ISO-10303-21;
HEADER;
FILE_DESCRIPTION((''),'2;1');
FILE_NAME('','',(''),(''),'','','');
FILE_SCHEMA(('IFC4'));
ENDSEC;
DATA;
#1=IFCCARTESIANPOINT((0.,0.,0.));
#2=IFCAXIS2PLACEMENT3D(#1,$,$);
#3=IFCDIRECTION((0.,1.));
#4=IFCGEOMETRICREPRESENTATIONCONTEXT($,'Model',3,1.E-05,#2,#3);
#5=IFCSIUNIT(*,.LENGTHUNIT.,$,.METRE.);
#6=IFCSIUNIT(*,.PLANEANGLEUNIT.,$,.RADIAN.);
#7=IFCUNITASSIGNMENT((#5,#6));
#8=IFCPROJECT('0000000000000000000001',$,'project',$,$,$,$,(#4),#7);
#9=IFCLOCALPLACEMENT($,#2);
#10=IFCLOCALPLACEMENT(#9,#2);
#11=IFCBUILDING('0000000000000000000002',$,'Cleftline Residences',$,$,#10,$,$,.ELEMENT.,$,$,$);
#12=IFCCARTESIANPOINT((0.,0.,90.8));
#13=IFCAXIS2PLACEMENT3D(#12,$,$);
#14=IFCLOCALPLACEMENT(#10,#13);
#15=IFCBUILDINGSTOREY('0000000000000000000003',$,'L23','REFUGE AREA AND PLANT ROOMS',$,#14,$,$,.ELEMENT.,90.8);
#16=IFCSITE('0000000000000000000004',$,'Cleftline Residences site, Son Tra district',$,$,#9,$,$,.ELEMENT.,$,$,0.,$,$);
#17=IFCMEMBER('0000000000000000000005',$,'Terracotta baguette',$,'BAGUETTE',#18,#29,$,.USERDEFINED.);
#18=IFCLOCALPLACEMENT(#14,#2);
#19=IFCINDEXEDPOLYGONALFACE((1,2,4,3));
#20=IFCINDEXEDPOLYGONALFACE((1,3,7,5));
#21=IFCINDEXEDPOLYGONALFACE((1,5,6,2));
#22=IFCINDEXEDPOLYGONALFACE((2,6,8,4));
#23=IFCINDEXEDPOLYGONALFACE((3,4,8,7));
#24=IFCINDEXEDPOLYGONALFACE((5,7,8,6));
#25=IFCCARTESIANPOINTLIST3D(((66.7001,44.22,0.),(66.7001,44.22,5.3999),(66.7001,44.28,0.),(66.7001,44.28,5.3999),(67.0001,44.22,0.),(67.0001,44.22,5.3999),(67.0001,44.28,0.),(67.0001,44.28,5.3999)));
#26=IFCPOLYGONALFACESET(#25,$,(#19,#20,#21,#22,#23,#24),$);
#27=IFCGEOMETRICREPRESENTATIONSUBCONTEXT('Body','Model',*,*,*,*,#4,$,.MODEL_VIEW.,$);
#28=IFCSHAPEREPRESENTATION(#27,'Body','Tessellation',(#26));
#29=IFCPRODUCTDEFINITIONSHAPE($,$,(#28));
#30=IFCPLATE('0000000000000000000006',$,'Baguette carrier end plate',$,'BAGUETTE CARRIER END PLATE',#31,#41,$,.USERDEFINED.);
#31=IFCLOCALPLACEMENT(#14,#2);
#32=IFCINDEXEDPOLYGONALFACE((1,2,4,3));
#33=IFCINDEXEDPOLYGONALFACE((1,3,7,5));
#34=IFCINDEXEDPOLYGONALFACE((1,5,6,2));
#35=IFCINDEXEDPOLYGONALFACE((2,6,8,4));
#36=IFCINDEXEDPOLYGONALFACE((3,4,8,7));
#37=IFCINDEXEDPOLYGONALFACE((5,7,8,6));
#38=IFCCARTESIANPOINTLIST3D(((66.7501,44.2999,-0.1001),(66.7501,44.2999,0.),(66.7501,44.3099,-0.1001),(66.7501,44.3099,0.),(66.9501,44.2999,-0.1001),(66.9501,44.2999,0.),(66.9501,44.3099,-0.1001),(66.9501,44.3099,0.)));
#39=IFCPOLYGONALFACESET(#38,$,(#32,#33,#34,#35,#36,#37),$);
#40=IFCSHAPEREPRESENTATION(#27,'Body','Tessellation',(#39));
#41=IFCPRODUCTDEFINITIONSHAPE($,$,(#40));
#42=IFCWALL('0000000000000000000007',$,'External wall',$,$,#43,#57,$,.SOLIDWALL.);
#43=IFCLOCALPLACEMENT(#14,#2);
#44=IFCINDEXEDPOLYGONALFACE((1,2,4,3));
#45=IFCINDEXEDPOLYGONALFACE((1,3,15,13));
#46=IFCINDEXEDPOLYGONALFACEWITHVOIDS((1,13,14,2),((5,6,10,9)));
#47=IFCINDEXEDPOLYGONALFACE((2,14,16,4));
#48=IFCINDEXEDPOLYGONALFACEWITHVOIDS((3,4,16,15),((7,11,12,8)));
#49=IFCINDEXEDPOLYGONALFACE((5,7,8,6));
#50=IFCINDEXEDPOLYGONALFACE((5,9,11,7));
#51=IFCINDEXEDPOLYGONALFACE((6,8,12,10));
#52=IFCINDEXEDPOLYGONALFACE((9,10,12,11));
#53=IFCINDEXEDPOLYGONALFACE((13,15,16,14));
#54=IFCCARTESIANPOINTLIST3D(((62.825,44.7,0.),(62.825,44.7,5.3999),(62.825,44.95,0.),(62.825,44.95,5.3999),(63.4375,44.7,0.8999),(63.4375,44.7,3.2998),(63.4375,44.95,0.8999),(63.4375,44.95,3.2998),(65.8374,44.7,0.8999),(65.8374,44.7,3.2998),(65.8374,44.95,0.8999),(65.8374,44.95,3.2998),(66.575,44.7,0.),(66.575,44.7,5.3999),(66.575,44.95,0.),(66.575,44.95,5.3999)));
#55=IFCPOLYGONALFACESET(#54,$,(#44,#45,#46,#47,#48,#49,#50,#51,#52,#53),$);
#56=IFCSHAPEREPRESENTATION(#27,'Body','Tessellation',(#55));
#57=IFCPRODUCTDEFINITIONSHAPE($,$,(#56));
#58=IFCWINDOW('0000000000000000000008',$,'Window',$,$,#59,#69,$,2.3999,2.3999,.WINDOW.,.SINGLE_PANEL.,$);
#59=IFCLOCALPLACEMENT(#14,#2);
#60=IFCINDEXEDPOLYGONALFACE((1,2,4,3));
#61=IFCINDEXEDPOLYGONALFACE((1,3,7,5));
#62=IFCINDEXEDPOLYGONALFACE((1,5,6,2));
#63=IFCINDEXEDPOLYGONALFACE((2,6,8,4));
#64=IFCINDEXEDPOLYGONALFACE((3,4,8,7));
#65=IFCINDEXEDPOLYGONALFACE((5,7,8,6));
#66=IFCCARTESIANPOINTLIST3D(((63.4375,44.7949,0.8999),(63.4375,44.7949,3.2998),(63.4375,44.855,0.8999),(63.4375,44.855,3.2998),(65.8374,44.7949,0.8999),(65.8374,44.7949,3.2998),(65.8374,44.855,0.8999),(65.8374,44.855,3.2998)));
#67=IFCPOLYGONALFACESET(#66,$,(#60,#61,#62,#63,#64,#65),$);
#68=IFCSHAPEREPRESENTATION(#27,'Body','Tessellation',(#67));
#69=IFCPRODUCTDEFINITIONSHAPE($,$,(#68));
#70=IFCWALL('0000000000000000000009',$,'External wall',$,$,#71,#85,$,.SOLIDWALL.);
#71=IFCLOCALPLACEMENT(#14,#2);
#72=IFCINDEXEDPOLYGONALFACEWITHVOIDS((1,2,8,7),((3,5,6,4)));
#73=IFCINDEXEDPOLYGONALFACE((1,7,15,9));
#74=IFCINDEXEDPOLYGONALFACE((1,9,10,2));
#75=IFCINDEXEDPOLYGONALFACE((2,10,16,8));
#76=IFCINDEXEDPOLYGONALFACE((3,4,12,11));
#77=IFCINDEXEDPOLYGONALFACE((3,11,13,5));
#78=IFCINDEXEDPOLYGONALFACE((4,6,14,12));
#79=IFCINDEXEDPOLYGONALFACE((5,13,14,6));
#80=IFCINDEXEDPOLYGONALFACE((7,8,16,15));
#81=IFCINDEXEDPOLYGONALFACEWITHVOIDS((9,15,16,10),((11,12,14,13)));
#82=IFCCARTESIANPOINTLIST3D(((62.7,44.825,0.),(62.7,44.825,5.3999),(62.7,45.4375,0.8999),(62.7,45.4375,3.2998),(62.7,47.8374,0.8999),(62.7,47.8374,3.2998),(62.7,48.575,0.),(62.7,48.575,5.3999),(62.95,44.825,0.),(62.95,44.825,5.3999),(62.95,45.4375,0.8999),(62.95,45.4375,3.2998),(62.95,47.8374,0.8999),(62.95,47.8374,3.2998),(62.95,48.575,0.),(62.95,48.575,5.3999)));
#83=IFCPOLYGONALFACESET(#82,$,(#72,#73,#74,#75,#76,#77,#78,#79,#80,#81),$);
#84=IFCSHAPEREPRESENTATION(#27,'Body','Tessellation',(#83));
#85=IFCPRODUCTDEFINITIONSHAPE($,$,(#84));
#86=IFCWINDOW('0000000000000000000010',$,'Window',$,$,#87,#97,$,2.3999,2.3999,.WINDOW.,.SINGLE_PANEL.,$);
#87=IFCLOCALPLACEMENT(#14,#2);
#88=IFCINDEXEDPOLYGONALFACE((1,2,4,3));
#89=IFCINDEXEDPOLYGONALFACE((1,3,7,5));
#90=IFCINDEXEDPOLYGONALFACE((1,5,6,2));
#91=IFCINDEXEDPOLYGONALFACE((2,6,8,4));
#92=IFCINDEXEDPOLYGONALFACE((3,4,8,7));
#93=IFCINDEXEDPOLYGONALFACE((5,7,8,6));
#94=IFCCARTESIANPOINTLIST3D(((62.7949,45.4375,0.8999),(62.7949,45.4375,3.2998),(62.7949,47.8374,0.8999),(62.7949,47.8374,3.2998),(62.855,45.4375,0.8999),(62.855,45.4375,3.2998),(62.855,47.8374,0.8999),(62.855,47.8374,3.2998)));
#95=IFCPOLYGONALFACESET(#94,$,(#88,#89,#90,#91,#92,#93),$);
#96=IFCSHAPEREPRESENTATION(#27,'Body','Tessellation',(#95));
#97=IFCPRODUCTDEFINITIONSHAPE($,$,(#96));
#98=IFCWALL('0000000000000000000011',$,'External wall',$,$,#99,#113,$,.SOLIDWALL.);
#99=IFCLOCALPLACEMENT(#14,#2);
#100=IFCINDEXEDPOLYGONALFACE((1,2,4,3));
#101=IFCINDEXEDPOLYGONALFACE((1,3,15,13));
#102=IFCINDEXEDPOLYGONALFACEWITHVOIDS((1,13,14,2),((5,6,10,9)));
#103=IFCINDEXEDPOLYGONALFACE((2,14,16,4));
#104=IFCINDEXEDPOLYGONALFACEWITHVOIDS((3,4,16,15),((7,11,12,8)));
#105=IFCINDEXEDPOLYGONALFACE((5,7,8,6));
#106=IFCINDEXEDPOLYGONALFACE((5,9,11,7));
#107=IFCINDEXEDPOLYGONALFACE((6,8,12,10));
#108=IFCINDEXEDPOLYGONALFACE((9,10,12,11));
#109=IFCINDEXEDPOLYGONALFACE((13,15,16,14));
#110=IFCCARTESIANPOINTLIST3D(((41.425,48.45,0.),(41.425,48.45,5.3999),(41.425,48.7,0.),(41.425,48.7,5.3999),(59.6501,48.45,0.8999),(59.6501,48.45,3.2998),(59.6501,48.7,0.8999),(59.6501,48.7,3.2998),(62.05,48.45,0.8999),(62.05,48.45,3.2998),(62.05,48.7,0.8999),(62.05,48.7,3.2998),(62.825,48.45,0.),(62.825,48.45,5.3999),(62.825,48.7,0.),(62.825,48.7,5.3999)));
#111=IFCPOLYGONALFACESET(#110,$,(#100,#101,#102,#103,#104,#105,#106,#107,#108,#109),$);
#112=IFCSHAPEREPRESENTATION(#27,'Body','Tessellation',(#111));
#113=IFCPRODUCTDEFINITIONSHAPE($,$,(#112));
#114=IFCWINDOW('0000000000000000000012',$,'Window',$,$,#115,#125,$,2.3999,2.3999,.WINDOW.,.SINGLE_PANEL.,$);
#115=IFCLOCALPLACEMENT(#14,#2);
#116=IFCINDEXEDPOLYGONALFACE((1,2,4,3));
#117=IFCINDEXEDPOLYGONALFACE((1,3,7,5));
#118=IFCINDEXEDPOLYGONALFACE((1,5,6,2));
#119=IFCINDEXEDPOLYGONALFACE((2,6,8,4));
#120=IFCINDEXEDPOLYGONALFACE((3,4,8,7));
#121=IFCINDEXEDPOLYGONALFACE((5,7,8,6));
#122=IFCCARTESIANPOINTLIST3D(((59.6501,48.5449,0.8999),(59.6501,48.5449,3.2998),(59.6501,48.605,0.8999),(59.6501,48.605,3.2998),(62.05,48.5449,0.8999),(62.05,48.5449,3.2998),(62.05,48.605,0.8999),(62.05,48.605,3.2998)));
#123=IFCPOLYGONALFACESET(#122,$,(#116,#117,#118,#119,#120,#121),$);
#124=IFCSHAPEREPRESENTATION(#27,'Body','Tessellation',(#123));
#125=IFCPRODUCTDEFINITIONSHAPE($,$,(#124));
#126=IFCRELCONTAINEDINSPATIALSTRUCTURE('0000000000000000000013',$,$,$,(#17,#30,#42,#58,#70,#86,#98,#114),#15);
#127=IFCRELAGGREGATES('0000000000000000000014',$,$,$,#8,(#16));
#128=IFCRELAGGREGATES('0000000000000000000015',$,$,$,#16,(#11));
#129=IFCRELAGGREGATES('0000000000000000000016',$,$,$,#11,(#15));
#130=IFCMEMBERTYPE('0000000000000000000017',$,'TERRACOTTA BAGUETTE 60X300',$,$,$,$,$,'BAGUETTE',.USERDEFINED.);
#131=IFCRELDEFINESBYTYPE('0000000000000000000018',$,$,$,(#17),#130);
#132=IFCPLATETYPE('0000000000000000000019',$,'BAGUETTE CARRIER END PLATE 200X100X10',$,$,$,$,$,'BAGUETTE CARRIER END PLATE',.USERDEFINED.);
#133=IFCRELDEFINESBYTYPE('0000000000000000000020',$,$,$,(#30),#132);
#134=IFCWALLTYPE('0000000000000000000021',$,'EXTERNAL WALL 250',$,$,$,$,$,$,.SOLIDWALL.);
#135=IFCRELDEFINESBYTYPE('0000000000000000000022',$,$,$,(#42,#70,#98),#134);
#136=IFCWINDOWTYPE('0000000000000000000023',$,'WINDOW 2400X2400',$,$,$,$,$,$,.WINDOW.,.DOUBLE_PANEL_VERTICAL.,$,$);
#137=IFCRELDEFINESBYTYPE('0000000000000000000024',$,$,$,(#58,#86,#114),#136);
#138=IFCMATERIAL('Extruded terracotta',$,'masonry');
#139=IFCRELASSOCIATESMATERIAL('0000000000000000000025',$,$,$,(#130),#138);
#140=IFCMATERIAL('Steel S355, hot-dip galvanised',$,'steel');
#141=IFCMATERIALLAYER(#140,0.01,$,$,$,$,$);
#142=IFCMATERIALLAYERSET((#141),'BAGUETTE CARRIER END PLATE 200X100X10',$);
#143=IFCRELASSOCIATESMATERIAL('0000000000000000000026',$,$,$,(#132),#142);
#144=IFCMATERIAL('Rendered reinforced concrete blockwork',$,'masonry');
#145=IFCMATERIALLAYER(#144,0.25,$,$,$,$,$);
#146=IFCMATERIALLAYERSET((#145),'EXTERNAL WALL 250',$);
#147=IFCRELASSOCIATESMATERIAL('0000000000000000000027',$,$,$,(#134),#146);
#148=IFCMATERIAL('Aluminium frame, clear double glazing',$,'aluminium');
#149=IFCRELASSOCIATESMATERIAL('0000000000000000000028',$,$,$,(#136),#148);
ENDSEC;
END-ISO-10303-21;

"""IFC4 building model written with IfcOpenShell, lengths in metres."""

from ifc_helpers import new_model, si_unit, direction, frame, frame_2d, origin, origin_2d, place, context, subcontext, project, spatial, rectangle, extrude, material, layer, layer_set, material_profile, profile_set, type_object, element, fill, save


model = new_model("IFC4")

# Units and contexts
model_context = context("Model", 3, precision=1e-05, world=origin(), true_north=direction((0.0, 1.0)))
body_context = subcontext(model_context, "Body", "Model", "MODEL_VIEW")
ifc_project = project(units=[si_unit("LENGTHUNIT", "METRE"), si_unit("PLANEANGLEUNIT", "RADIAN")], contexts=[model_context])

# Site, building, storey
site_placement = place(None, origin())
site = spatial("IfcSite", under=ifc_project, at=site_placement, Name="Cleftline Residences site, Son Tra district", CompositionType="ELEMENT", RefElevation=0.0)
building_placement = place(site_placement, origin())
building = spatial("IfcBuilding", under=site, at=building_placement, Name="Cleftline Residences", CompositionType="ELEMENT")
storey_placement = place(building_placement, frame((0.0, 0.0, 90.8)))
storey = spatial("IfcBuildingStorey", under=building, at=storey_placement, Name="L23", Description="REFUGE AREA AND PLANT ROOMS", CompositionType="ELEMENT", Elevation=90.8)

# Member
ifc_material_1 = material(Name="Extruded terracotta", Category="masonry")
ifc_material_profile_1 = material_profile(ifc_material_1, rectangle(XDim=0.0601, YDim=0.3, at=origin_2d()))
ifc_profile_set_1 = profile_set([ifc_material_profile_1], Name="Extruded terracotta")
member_type_1 = type_object("IfcMemberType", Name="TERRACOTTA BAGUETTE 60X300", ElementType="BAGUETTE", PredefinedType="USERDEFINED", material=ifc_profile_set_1)
for number, where, z_axis, x_axis, name in (
    (1, (66.8501, 44.25, 0.0), (0.0, 0.0, 1.0), (0.0, 1.0, 0.0), "Terracotta baguette"),
):
    element("IfcMember", number, at=place(storey_placement, frame(where, z_axis=z_axis, x_axis=x_axis)), inside=storey, type_object=member_type_1, Name=name, ObjectType="BAGUETTE", PredefinedType="USERDEFINED", context=body_context, shape_type="SweptSolid", body=[
        extrude(rectangle(XDim=0.0601, YDim=0.3, at=origin_2d()), origin(), (0.0, 0.0, 1.0), 5.3999),
    ])

# Plate
ifc_material_2 = material(Name="Steel S355, hot-dip galvanised", Category="steel")
ifc_layer_1 = layer(ifc_material_2, 0.01)
ifc_layer_set_1 = layer_set([ifc_layer_1], Name="BAGUETTE CARRIER END PLATE 200X100X10")
plate_type = type_object("IfcPlateType", Name="BAGUETTE CARRIER END PLATE 200X100X10", ElementType="BAGUETTE CARRIER END PLATE", PredefinedType="USERDEFINED", material=ifc_layer_set_1)
plate_placement = place(storey_placement, frame((66.8501, 44.3049, -0.1001), z_axis=(0.0, 0.0, 1.0), x_axis=(1.0, 0.0, 0.0)))
element("IfcPlate", 2, at=plate_placement, inside=storey, type_object=plate_type, Name="Baguette carrier end plate", ObjectType="BAGUETTE CARRIER END PLATE", PredefinedType="USERDEFINED", context=body_context, shape_type="SweptSolid", body=[
    extrude(rectangle(XDim=0.2, YDim=0.01, at=origin_2d()), origin(), (0.0, 0.0, 1.0), 0.1001),
])

# Walls, openings, windows
ifc_material_3 = material(Name="Rendered reinforced concrete blockwork", Category="masonry")
ifc_layer_2 = layer(ifc_material_3, 0.25)
ifc_layer_set_2 = layer_set([ifc_layer_2], Name="EXTERNAL WALL 250")
wall_type = type_object("IfcWallType", Name="EXTERNAL WALL 250", PredefinedType="SOLIDWALL", material=ifc_layer_set_2)
wall_1_placement = place(storey_placement, frame((66.575, 44.825, 0.0), z_axis=(0.0, 0.0, 1.0), x_axis=(-1.0, 0.0, 0.0)))
wall_1 = element("IfcWall", 3, at=wall_1_placement, inside=storey, type_object=wall_type, Name="External wall", PredefinedType="SOLIDWALL", context=body_context, shape_type="SweptSolid", body=[
    extrude(rectangle(XDim=3.75, YDim=0.25, at=frame_2d((1.875, 0.0))), origin(), (0.0, 0.0, 1.0), 5.3999),
])
opening_1_placement = place(wall_1_placement, frame((0.7375, 0.0, 0.8999)))
opening_1 = element("IfcOpeningElement", 4, at=opening_1_placement, cuts=wall_1, PredefinedType="OPENING", context=body_context, shape_type="SweptSolid", body=[
    extrude(rectangle(XDim=2.3999, YDim=2.3999, at=frame_2d((1.2, 1.2))), frame((0.0, 0.135, 0.0), z_axis=(0.0, -1.0, 0.0), x_axis=(1.0, 0.0, 0.0)), (0.0, 0.0, 1.0), 0.27),
])
ifc_material_4 = material(Name="Aluminium frame, clear double glazing", Category="aluminium")
window_type = type_object("IfcWindowType", Name="WINDOW 2400X2400", PartitioningType="DOUBLE_PANEL_VERTICAL", PredefinedType="WINDOW", material=ifc_material_4)
window_1_placement = place(opening_1_placement, origin())
window_1 = element("IfcWindow", 5, at=window_1_placement, inside=storey, type_object=window_type, Name="Window", OverallHeight=2.3999, OverallWidth=2.3999, PartitioningType="SINGLE_PANEL", PredefinedType="WINDOW", context=body_context, shape_type="SweptSolid", body=[
    extrude(rectangle(XDim=2.3999, YDim=2.3999, at=frame_2d((1.2, 1.2))), frame((0.0, 0.03, 0.0), z_axis=(0.0, -1.0, 0.0), x_axis=(1.0, 0.0, 0.0)), (0.0, 0.0, 1.0), 0.0601),
])
fill(opening_1, window_1)
wall_2_placement = place(storey_placement, frame((62.825, 44.825, 0.0), z_axis=(0.0, 0.0, 1.0), x_axis=(0.0, 1.0, 0.0)))
wall_2 = element("IfcWall", 6, at=wall_2_placement, inside=storey, type_object=wall_type, Name="External wall", PredefinedType="SOLIDWALL", context=body_context, shape_type="SweptSolid", body=[
    extrude(rectangle(XDim=3.75, YDim=0.25, at=frame_2d((1.875, 0.0))), origin(), (0.0, 0.0, 1.0), 5.3999),
])
opening_2_placement = place(wall_2_placement, frame((0.6125, 0.0, 0.8999)))
opening_2 = element("IfcOpeningElement", 7, at=opening_2_placement, cuts=wall_2, PredefinedType="OPENING", context=body_context, shape_type="SweptSolid", body=[
    extrude(rectangle(XDim=2.3999, YDim=2.3999, at=frame_2d((1.2, 1.2))), frame((0.0, 0.135, 0.0), z_axis=(0.0, -1.0, 0.0), x_axis=(1.0, 0.0, 0.0)), (0.0, 0.0, 1.0), 0.27),
])
window_2_placement = place(opening_2_placement, origin())
window_2 = element("IfcWindow", 8, at=window_2_placement, inside=storey, type_object=window_type, Name="Window", OverallHeight=2.3999, OverallWidth=2.3999, PartitioningType="SINGLE_PANEL", PredefinedType="WINDOW", context=body_context, shape_type="SweptSolid", body=[
    extrude(rectangle(XDim=2.3999, YDim=2.3999, at=frame_2d((1.2, 1.2))), frame((0.0, 0.03, 0.0), z_axis=(0.0, -1.0, 0.0), x_axis=(1.0, 0.0, 0.0)), (0.0, 0.0, 1.0), 0.0601),
])
fill(opening_2, window_2)
wall_3_placement = place(storey_placement, frame((62.825, 48.575, 0.0), z_axis=(0.0, 0.0, 1.0), x_axis=(-1.0, 0.0, 0.0)))
wall_3 = element("IfcWall", 9, at=wall_3_placement, inside=storey, type_object=wall_type, Name="External wall", PredefinedType="SOLIDWALL", context=body_context, shape_type="SweptSolid", body=[
    extrude(rectangle(XDim=21.3999, YDim=0.25, at=frame_2d((10.7, 0.0))), origin(), (0.0, 0.0, 1.0), 5.3999),
])
opening_3_placement = place(wall_3_placement, frame((0.7749, 0.0, 0.8999)))
opening_3 = element("IfcOpeningElement", 10, at=opening_3_placement, cuts=wall_3, PredefinedType="OPENING", context=body_context, shape_type="SweptSolid", body=[
    extrude(rectangle(XDim=2.3999, YDim=2.3999, at=frame_2d((1.2, 1.2))), frame((0.0, 0.135, 0.0), z_axis=(0.0, -1.0, 0.0), x_axis=(1.0, 0.0, 0.0)), (0.0, 0.0, 1.0), 0.27),
])
window_3_placement = place(opening_3_placement, origin())
window_3 = element("IfcWindow", 11, at=window_3_placement, inside=storey, type_object=window_type, Name="Window", OverallHeight=2.3999, OverallWidth=2.3999, PartitioningType="SINGLE_PANEL", PredefinedType="WINDOW", context=body_context, shape_type="SweptSolid", body=[
    extrude(rectangle(XDim=2.3999, YDim=2.3999, at=frame_2d((1.2, 1.2))), frame((0.0, 0.03, 0.0), z_axis=(0.0, -1.0, 0.0), x_axis=(1.0, 0.0, 0.0)), (0.0, 0.0, 1.0), 0.0601),
])
fill(opening_3, window_3)

save(model, "model.ifc")
